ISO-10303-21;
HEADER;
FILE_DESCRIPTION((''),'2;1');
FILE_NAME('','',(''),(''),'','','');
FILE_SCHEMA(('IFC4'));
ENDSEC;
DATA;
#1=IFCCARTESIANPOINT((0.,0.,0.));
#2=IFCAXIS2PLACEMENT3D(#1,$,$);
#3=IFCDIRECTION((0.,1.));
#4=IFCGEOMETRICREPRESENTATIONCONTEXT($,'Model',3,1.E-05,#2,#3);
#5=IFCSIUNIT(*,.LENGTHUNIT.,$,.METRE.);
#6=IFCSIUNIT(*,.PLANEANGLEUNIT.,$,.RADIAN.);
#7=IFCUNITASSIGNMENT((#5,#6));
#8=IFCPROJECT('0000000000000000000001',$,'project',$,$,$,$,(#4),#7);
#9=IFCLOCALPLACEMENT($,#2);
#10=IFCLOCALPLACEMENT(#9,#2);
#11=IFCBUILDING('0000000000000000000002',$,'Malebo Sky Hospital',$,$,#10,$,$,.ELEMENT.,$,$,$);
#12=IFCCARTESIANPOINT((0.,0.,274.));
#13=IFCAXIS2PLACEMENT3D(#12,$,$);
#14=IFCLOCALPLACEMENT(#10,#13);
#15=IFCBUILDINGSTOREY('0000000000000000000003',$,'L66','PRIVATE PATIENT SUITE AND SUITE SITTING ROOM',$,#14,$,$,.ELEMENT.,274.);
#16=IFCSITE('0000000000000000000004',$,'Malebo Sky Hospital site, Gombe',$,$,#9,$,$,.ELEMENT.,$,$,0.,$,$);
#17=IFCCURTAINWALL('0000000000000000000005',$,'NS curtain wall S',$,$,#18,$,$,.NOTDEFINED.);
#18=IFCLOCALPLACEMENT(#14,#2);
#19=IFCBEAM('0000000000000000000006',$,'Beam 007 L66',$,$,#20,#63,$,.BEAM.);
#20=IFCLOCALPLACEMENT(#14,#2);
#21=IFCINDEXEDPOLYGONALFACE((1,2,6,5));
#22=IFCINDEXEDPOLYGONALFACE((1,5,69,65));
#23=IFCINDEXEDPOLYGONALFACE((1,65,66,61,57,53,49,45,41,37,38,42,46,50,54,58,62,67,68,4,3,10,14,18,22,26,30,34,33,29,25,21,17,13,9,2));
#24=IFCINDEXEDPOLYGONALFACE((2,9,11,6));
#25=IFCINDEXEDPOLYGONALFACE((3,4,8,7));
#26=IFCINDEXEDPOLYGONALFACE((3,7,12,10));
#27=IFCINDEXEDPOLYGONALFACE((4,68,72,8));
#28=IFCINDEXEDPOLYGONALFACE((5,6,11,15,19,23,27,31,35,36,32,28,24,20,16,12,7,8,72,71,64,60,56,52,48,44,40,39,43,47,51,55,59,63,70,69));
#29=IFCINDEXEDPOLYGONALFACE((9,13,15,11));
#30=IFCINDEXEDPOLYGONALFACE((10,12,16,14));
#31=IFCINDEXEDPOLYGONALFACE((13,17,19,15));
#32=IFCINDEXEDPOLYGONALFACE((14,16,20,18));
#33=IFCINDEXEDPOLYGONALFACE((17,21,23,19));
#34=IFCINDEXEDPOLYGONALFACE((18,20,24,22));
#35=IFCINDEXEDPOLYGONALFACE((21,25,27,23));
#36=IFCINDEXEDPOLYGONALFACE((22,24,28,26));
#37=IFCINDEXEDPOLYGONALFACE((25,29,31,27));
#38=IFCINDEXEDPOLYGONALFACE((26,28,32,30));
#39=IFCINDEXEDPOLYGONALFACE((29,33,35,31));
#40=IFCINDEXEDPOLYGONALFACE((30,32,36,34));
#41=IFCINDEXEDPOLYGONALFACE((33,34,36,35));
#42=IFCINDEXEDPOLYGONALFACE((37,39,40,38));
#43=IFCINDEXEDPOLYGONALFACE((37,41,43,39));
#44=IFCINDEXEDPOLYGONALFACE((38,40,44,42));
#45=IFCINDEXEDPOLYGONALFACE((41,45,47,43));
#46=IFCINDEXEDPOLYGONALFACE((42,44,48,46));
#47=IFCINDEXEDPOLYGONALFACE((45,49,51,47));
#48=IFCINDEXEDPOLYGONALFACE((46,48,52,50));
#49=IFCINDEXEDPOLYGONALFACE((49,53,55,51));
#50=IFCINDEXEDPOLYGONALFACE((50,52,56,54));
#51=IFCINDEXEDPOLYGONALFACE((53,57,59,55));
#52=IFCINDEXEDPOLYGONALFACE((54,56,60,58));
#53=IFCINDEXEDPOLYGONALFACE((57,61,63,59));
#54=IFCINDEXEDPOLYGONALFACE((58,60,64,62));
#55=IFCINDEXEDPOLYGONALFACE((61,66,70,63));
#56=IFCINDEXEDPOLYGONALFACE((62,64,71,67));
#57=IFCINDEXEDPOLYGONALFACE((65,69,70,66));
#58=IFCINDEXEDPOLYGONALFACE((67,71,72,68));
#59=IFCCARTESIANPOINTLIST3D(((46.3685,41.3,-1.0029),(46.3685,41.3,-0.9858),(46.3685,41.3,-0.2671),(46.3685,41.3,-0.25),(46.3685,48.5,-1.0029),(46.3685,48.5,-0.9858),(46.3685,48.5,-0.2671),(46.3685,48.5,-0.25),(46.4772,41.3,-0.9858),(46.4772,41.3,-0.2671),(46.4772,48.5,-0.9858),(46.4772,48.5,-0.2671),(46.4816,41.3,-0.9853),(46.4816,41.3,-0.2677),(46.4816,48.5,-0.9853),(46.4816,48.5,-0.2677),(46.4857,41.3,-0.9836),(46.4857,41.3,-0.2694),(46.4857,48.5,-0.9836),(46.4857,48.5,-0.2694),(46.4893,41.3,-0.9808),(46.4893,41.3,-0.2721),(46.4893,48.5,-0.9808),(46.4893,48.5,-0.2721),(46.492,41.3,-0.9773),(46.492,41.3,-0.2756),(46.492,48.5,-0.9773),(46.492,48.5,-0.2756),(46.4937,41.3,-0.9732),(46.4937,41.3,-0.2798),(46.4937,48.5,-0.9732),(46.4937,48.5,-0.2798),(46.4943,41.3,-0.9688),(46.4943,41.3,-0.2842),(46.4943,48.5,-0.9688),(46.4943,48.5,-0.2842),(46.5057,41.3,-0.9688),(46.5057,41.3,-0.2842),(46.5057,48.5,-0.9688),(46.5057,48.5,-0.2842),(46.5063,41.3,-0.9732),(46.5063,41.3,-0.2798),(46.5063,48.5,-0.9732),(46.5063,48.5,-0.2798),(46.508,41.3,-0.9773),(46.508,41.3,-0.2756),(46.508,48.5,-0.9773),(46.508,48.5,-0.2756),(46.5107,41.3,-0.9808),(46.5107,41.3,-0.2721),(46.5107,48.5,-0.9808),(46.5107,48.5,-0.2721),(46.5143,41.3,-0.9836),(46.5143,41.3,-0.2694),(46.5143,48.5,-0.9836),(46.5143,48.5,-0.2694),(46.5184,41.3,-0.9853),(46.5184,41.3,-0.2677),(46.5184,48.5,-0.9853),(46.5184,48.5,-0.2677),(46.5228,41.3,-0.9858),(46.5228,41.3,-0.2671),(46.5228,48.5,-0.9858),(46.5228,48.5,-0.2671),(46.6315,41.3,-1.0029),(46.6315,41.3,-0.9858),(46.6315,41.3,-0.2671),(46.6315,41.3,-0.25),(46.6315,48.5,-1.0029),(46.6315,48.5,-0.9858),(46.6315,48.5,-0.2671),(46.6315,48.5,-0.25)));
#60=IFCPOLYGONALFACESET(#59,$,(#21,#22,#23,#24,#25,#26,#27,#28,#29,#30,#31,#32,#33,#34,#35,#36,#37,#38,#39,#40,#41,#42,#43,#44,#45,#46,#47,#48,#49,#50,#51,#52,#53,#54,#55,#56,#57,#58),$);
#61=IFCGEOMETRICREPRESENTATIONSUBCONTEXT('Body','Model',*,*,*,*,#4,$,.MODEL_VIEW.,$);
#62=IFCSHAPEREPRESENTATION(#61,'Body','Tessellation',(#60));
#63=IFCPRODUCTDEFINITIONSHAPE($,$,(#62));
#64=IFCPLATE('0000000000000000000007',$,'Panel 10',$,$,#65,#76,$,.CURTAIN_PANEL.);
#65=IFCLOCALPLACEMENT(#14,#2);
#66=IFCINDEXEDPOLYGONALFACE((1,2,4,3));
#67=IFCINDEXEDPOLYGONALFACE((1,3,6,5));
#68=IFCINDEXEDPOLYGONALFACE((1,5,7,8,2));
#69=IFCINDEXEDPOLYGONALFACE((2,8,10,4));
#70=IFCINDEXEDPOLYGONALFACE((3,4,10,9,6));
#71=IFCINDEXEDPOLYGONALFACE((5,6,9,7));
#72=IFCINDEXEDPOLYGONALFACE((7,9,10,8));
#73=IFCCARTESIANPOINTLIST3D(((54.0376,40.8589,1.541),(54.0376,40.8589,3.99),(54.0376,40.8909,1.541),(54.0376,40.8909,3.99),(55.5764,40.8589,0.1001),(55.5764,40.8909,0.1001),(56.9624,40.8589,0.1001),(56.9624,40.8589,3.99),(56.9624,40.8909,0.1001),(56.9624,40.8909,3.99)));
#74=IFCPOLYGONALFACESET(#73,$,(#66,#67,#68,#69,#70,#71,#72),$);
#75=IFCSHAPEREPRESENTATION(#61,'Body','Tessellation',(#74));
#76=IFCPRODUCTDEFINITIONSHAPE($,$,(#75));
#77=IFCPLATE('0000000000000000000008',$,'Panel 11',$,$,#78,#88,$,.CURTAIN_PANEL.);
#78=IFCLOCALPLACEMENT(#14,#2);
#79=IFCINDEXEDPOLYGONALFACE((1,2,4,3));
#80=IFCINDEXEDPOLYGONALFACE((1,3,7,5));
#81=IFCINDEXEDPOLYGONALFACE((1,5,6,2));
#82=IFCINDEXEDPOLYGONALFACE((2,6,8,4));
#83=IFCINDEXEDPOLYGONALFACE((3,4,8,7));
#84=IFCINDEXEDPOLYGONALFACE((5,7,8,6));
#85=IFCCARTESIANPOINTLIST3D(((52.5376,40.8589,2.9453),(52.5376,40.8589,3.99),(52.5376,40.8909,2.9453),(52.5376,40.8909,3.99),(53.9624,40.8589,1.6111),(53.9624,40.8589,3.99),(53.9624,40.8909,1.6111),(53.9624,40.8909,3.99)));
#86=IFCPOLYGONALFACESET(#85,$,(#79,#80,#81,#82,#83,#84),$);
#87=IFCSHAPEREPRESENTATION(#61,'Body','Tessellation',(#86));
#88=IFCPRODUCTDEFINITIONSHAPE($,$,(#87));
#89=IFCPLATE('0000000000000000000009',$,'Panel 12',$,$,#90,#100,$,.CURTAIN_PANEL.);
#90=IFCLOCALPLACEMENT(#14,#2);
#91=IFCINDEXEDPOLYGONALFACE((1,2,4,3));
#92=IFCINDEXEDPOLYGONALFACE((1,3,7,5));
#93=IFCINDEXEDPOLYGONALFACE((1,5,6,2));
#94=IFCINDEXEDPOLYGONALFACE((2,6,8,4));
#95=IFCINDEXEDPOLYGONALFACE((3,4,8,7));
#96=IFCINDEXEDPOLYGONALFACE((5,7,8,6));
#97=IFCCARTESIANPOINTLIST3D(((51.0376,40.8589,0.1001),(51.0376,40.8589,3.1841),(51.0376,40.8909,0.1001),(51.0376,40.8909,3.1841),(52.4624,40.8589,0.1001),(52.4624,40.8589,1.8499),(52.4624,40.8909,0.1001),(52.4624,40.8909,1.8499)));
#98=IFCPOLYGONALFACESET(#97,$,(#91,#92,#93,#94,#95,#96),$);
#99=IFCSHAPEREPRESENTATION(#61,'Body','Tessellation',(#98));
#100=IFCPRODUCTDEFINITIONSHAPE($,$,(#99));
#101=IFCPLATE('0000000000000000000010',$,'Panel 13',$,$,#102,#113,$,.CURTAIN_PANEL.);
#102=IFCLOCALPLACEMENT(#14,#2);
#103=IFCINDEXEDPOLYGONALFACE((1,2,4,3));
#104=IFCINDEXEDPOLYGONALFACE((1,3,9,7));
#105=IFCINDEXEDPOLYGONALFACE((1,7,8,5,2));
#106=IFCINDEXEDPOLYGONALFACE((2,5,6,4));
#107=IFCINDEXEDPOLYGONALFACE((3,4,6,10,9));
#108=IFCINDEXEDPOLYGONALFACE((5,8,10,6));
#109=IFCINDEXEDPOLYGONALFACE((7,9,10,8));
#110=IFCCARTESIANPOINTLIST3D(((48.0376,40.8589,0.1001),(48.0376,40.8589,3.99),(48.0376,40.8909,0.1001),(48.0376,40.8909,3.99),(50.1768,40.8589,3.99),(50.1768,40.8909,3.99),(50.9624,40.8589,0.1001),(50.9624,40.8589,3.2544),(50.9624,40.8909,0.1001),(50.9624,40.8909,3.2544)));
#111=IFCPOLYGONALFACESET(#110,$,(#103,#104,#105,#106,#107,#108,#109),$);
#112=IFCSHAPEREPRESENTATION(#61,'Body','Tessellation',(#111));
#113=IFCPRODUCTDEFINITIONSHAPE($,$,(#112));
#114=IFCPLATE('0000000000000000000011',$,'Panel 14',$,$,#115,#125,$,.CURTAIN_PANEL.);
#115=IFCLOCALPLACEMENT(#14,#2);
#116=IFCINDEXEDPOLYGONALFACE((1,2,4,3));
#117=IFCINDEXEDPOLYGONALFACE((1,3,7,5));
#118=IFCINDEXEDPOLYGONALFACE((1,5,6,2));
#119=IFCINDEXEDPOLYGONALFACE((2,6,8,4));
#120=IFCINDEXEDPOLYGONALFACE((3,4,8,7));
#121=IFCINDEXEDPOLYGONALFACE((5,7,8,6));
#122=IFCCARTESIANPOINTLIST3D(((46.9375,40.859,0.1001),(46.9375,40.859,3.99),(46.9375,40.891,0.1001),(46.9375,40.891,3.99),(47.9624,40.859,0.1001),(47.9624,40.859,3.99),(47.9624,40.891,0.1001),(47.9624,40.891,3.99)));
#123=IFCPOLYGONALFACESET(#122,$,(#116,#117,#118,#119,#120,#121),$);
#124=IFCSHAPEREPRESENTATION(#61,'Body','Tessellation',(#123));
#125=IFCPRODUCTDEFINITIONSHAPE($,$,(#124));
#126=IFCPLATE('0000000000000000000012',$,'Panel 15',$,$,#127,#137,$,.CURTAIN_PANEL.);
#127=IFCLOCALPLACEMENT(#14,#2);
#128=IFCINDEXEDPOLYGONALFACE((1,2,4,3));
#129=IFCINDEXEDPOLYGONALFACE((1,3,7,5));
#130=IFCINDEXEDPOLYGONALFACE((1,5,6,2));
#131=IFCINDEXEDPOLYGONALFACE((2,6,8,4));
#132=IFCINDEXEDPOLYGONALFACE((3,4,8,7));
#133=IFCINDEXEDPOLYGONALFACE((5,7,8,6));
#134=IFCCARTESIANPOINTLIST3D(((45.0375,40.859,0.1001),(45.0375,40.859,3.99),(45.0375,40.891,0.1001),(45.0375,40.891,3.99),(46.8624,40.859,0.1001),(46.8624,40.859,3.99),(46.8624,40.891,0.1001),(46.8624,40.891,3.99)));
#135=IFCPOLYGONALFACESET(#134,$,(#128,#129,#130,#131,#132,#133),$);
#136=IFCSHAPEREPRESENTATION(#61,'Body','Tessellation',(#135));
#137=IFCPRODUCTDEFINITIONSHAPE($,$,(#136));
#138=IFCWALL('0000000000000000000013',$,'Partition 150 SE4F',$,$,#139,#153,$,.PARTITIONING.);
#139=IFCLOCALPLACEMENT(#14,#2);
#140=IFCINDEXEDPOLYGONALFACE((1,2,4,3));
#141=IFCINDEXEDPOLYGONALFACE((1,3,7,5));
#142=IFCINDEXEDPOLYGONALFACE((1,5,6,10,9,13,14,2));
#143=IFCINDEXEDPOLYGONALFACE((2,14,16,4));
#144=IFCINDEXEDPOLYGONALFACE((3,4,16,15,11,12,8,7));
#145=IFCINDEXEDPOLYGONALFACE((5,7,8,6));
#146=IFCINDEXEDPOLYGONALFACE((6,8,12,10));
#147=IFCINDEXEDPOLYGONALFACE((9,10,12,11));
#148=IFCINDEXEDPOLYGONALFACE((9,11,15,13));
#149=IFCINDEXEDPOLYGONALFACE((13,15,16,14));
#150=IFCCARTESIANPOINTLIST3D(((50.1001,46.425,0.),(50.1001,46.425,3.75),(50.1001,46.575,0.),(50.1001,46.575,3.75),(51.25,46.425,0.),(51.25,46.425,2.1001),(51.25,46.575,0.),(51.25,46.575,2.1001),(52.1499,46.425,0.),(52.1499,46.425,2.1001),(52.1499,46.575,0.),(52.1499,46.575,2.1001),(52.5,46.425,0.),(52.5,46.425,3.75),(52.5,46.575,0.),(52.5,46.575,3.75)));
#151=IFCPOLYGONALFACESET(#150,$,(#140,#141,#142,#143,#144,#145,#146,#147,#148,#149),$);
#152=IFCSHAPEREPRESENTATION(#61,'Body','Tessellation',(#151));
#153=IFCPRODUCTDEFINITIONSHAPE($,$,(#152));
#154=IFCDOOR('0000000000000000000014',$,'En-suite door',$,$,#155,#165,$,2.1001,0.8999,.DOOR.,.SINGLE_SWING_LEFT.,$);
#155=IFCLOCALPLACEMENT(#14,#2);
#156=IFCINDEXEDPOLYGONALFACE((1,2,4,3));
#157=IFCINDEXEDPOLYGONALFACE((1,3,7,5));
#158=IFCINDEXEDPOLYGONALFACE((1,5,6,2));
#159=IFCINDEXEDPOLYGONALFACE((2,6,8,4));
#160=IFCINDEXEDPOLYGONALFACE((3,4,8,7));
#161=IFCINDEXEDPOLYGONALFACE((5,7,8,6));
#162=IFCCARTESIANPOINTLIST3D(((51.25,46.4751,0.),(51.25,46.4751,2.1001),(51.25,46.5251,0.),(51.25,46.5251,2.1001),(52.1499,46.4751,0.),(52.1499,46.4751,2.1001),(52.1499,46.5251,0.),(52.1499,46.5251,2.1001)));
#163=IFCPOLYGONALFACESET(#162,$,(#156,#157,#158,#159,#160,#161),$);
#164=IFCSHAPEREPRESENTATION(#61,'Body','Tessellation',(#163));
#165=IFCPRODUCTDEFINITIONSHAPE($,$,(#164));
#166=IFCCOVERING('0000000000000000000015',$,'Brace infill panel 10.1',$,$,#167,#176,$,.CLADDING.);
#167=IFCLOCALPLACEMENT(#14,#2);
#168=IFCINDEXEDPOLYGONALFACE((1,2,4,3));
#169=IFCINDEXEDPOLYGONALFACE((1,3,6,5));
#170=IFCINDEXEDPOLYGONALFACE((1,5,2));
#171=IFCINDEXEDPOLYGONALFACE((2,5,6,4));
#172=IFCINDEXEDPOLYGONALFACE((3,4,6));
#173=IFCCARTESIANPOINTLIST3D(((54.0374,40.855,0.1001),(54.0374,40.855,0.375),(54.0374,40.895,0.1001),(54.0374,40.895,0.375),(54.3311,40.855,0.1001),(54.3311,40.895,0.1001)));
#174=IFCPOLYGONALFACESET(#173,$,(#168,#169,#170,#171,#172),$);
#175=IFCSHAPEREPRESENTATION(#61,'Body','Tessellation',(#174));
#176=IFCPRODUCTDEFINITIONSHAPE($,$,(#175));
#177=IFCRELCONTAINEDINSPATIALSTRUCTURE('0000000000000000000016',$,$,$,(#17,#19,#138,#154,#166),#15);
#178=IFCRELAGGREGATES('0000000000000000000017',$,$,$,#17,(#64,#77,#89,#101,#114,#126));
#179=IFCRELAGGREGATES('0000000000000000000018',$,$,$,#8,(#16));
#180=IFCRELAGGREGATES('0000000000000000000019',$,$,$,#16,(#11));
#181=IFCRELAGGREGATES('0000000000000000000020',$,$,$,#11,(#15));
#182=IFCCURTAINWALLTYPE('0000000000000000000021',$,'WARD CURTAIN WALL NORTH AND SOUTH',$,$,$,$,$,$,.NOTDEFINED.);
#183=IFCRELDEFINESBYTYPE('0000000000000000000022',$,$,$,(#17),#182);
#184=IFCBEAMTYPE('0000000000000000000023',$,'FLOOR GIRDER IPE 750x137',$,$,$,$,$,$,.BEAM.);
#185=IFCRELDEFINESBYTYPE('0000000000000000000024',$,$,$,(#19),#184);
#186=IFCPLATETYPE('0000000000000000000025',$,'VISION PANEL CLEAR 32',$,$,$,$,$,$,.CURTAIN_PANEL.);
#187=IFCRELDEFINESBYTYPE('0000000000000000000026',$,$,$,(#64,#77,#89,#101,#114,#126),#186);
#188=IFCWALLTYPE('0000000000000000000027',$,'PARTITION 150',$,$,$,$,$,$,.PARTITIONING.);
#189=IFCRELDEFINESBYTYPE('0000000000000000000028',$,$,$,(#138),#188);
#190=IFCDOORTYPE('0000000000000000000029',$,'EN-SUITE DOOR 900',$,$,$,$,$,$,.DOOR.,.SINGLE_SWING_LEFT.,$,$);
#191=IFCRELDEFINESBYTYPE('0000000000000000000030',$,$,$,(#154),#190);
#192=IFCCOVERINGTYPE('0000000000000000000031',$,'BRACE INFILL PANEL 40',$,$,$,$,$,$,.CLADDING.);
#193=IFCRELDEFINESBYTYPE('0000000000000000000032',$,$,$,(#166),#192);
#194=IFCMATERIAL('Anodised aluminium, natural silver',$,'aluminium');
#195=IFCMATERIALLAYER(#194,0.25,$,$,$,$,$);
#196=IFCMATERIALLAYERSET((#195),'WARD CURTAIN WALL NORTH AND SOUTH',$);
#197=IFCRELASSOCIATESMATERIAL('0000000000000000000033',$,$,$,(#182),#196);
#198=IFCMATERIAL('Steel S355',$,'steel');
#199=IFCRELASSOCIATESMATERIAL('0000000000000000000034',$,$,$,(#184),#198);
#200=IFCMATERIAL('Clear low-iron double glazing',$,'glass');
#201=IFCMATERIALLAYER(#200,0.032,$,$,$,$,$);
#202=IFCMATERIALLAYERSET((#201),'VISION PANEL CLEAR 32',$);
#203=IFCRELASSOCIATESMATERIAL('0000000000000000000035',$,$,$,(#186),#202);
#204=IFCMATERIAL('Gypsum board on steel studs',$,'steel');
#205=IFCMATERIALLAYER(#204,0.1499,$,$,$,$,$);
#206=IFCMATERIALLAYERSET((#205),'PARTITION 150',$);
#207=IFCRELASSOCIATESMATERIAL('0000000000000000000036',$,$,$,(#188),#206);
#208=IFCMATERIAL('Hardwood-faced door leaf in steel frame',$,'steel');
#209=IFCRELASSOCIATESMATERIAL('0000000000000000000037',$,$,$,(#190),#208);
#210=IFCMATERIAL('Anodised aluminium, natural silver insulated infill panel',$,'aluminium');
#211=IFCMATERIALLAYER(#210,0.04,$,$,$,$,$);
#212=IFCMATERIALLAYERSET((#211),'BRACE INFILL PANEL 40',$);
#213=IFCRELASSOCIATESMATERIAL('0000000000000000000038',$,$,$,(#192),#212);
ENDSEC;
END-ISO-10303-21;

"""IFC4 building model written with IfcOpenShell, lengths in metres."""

from ifc_helpers import new_model, si_unit, direction, frame, frame_2d, origin, origin_2d, place, context, subcontext, project, spatial, polyline, rectangle, i_section, outline, extrude, material, layer, layer_set, material_profile, profile_set, type_object, element, fill, aggregate, save


model = new_model("IFC4")

# Units and contexts
model_context = context("Model", 3, precision=1e-05, world=origin(), true_north=direction((0.0, 1.0)))
body_context = subcontext(model_context, "Body", "Model", "MODEL_VIEW")
ifc_project = project(units=[si_unit("LENGTHUNIT", "METRE"), si_unit("PLANEANGLEUNIT", "RADIAN")], contexts=[model_context])

# Site, building, storey
site_placement = place(None, origin())
site = spatial("IfcSite", under=ifc_project, at=site_placement, Name="Malebo Sky Hospital site, Gombe", CompositionType="ELEMENT", RefElevation=0.0)
building_placement = place(site_placement, origin())
building = spatial("IfcBuilding", under=site, at=building_placement, Name="Malebo Sky Hospital", CompositionType="ELEMENT")
storey_placement = place(building_placement, frame((0.0, 0.0, 274.0)))
storey = spatial("IfcBuildingStorey", under=building, at=storey_placement, Name="L66", Description="PRIVATE PATIENT SUITE AND SUITE SITTING ROOM", CompositionType="ELEMENT", Elevation=274.0)

# Curtain wall
ifc_material_1 = material(Name="Anodised aluminium, natural silver", Category="aluminium")
ifc_layer_1 = layer(ifc_material_1, 0.25)
ifc_layer_set_1 = layer_set([ifc_layer_1], Name="WARD CURTAIN WALL NORTH AND SOUTH")
curtain_wall_type = type_object("IfcCurtainWallType", Name="WARD CURTAIN WALL NORTH AND SOUTH", PredefinedType="NOTDEFINED", material=ifc_layer_set_1)
curtain_wall_placement = place(storey_placement, origin())
curtain_wall = element("IfcCurtainWall", 1, at=curtain_wall_placement, inside=storey, type_object=curtain_wall_type, Name="NS curtain wall S", PredefinedType="NOTDEFINED")

# Shared definitions
ifc_material_2 = material(Name="Steel S355", Category="steel")

# Beam
ifc_material_profile_1 = material_profile(ifc_material_2, i_section(OverallWidth=0.2629, OverallDepth=0.7529, WebThickness=0.0115, FlangeThickness=0.0171, FilletRadius=0.0171, at=origin_2d()), Name="IPE 750x137")
ifc_profile_set_1 = profile_set([ifc_material_profile_1], Name="Steel S355")
beam_type_1 = type_object("IfcBeamType", Name="FLOOR GIRDER IPE 750x137", PredefinedType="BEAM", material=ifc_profile_set_1)
beam_1_placement = place(storey_placement, frame((46.5, 41.3, -0.6265), z_axis=(0.0, 1.0, 0.0), x_axis=(-1.0, 0.0, 0.0)))
element("IfcBeam", 2, at=beam_1_placement, inside=storey, type_object=beam_type_1, Name="Beam 007 L66", PredefinedType="BEAM", context=body_context, shape_type="SweptSolid", body=[
    extrude(i_section(OverallWidth=0.2629, OverallDepth=0.7529, WebThickness=0.0115, FlangeThickness=0.0171, FilletRadius=0.0171, at=origin_2d()), origin(), (0.0, 0.0, 1.0), 7.2),
])

# Plates
ifc_material_3 = material(Name="Clear low-iron double glazing", Category="glass")
ifc_layer_2 = layer(ifc_material_3, 0.032)
ifc_layer_set_2 = layer_set([ifc_layer_2], Name="VISION PANEL CLEAR 32")
plate_type = type_object("IfcPlateType", Name="VISION PANEL CLEAR 32", PredefinedType="CURTAIN_PANEL", material=ifc_layer_set_2)
plate_1_placement = place(storey_placement, frame((55.5, 40.875, 0.1001), z_axis=(0.0, 0.0, 1.0), x_axis=(-1.0, 0.0, 0.0)))
plate_1 = element("IfcPlate", 3, at=plate_1_placement, type_object=plate_type, Name="Panel 10", PredefinedType="CURTAIN_PANEL", context=body_context, shape_type="SweptSolid", body=[
    extrude(outline(polyline([(-1.4624, 0.0), (-0.0764, 0.0), (1.4624, 1.4409), (1.4624, 3.8899), (-1.4624, 3.8899), (-1.4624, 0.0)])), frame((0.0, 0.0161, 0.0), z_axis=(0.0, -1.0, 0.0), x_axis=(1.0, 0.0, 0.0)), (0.0, 0.0, 1.0), 0.032),
])
plate_2_placement = place(storey_placement, frame((53.25, 40.875, 1.6111), z_axis=(0.0, 0.0, 1.0), x_axis=(-1.0, 0.0, 0.0)))
plate_2 = element("IfcPlate", 4, at=plate_2_placement, type_object=plate_type, Name="Panel 11", PredefinedType="CURTAIN_PANEL", context=body_context, shape_type="SweptSolid", body=[
    extrude(outline(polyline([(-0.7124, 0.0), (0.7124, 1.3342), (0.7124, 2.3789), (-0.7124, 2.3789), (-0.7124, 0.0)])), frame((0.0, 0.0161, 0.0), z_axis=(0.0, -1.0, 0.0), x_axis=(1.0, 0.0, 0.0)), (0.0, 0.0, 1.0), 0.032),
])
plate_3_placement = place(storey_placement, frame((51.75, 40.875, 0.1001), z_axis=(0.0, 0.0, 1.0), x_axis=(-1.0, 0.0, 0.0)))
plate_3 = element("IfcPlate", 5, at=plate_3_placement, type_object=plate_type, Name="Panel 12", PredefinedType="CURTAIN_PANEL", context=body_context, shape_type="SweptSolid", body=[
    extrude(outline(polyline([(-0.7124, 0.0), (0.7124, 0.0), (0.7124, 3.084), (-0.7124, 1.7498), (-0.7124, 0.0)])), frame((0.0, 0.0161, 0.0), z_axis=(0.0, -1.0, 0.0), x_axis=(1.0, 0.0, 0.0)), (0.0, 0.0, 1.0), 0.032),
])
plate_4_placement = place(storey_placement, frame((49.5, 40.875, 0.1001), z_axis=(0.0, 0.0, 1.0), x_axis=(-1.0, 0.0, 0.0)))
plate_4 = element("IfcPlate", 6, at=plate_4_placement, type_object=plate_type, Name="Panel 13", PredefinedType="CURTAIN_PANEL", context=body_context, shape_type="SweptSolid", body=[
    extrude(outline(polyline([(-1.4624, 0.0), (1.4624, 0.0), (1.4624, 3.8899), (-0.6768, 3.8899), (-1.4624, 3.1543), (-1.4624, 0.0)])), frame((0.0, 0.0161, 0.0), z_axis=(0.0, -1.0, 0.0), x_axis=(1.0, 0.0, 0.0)), (0.0, 0.0, 1.0), 0.032),
])
plate_5_placement = place(storey_placement, frame((47.45, 40.875, 0.1001), z_axis=(0.0, 0.0, 1.0), x_axis=(-1.0, 0.0, 0.0)))
plate_5 = element("IfcPlate", 7, at=plate_5_placement, type_object=plate_type, Name="Panel 14", PredefinedType="CURTAIN_PANEL", context=body_context, shape_type="SweptSolid", body=[
    extrude(rectangle(XDim=1.0249, YDim=0.032, at=origin_2d()), origin(), (0.0, 0.0, 1.0), 3.8899),
])
plate_6_placement = place(storey_placement, frame((45.95, 40.875, 0.1001), z_axis=(0.0, 0.0, 1.0), x_axis=(-1.0, 0.0, 0.0)))
plate_6 = element("IfcPlate", 8, at=plate_6_placement, type_object=plate_type, Name="Panel 15", PredefinedType="CURTAIN_PANEL", context=body_context, shape_type="SweptSolid", body=[
    extrude(rectangle(XDim=1.825, YDim=0.032, at=origin_2d()), origin(), (0.0, 0.0, 1.0), 3.8899),
])
aggregate(curtain_wall, [plate_1, plate_2, plate_3, plate_4, plate_5, plate_6])

# Wall, opening, door
ifc_material_4 = material(Name="Gypsum board on steel studs", Category="steel")
ifc_layer_3 = layer(ifc_material_4, 0.1499)
ifc_layer_set_3 = layer_set([ifc_layer_3], Name="PARTITION 150")
wall_type = type_object("IfcWallType", Name="PARTITION 150", PredefinedType="PARTITIONING", material=ifc_layer_set_3)
wall_placement = place(storey_placement, frame((52.5, 46.5, 0.0), z_axis=(0.0, 0.0, 1.0), x_axis=(-1.0, 0.0, 0.0)))
wall = element("IfcWall", 9, at=wall_placement, inside=storey, type_object=wall_type, Name="Partition 150 SE4F", PredefinedType="PARTITIONING", context=body_context, shape_type="SweptSolid", body=[
    extrude(rectangle(XDim=2.3999, YDim=0.1499, at=frame_2d((1.2, 0.0))), origin(), (0.0, 0.0, 1.0), 3.75),
])
opening_placement = place(wall_placement, frame((0.3501, 0.0, 0.0)))
opening = element("IfcOpeningElement", 10, at=opening_placement, cuts=wall, PredefinedType="OPENING", context=body_context, shape_type="SweptSolid", body=[
    extrude(rectangle(XDim=0.8999, YDim=2.1001, at=frame_2d((0.45, 1.05))), frame((0.0, 0.085, 0.0), z_axis=(0.0, -1.0, 0.0), x_axis=(1.0, 0.0, 0.0)), (0.0, 0.0, 1.0), 0.1699),
])
ifc_material_5 = material(Name="Hardwood-faced door leaf in steel frame", Category="steel")
door_type = type_object("IfcDoorType", Name="EN-SUITE DOOR 900", OperationType="SINGLE_SWING_LEFT", PredefinedType="DOOR", material=ifc_material_5)
door_placement = place(opening_placement, origin())
door = element("IfcDoor", 11, at=door_placement, inside=storey, type_object=door_type, Name="En-suite door", OperationType="SINGLE_SWING_LEFT", OverallHeight=2.1001, OverallWidth=0.8999, PredefinedType="DOOR", context=body_context, shape_type="SweptSolid", body=[
    extrude(rectangle(XDim=0.8999, YDim=2.1001, at=frame_2d((0.45, 1.05))), frame((0.0, 0.0249, 0.0), z_axis=(0.0, -1.0, 0.0), x_axis=(1.0, 0.0, 0.0)), (0.0, 0.0, 1.0), 0.05),
])
fill(opening, door)

# Covering
ifc_material_6 = material(Name="Anodised aluminium, natural silver insulated infill panel", Category="aluminium")
ifc_layer_4 = layer(ifc_material_6, 0.04)
ifc_layer_set_4 = layer_set([ifc_layer_4], Name="BRACE INFILL PANEL 40")
covering_type = type_object("IfcCoveringType", Name="BRACE INFILL PANEL 40", PredefinedType="CLADDING", material=ifc_layer_set_4)
covering_1_placement = place(storey_placement, frame((54.1843, 40.875, 0.1001), z_axis=(0.0, 0.0, 1.0), x_axis=(-1.0, 0.0, 0.0)))
element("IfcCovering", 12, at=covering_1_placement, inside=storey, type_object=covering_type, Name="Brace infill panel 10.1", PredefinedType="CLADDING", context=body_context, shape_type="SweptSolid", body=[
    extrude(outline(polyline([(-0.1467, 0.0), (0.147, 0.0), (0.147, 0.2749), (-0.1467, 0.0)])), frame((0.0, 0.02, 0.0), z_axis=(0.0, -1.0, 0.0), x_axis=(1.0, 0.0, 0.0)), (0.0, 0.0, 1.0), 0.04),
])

save(model, "model.ifc")
